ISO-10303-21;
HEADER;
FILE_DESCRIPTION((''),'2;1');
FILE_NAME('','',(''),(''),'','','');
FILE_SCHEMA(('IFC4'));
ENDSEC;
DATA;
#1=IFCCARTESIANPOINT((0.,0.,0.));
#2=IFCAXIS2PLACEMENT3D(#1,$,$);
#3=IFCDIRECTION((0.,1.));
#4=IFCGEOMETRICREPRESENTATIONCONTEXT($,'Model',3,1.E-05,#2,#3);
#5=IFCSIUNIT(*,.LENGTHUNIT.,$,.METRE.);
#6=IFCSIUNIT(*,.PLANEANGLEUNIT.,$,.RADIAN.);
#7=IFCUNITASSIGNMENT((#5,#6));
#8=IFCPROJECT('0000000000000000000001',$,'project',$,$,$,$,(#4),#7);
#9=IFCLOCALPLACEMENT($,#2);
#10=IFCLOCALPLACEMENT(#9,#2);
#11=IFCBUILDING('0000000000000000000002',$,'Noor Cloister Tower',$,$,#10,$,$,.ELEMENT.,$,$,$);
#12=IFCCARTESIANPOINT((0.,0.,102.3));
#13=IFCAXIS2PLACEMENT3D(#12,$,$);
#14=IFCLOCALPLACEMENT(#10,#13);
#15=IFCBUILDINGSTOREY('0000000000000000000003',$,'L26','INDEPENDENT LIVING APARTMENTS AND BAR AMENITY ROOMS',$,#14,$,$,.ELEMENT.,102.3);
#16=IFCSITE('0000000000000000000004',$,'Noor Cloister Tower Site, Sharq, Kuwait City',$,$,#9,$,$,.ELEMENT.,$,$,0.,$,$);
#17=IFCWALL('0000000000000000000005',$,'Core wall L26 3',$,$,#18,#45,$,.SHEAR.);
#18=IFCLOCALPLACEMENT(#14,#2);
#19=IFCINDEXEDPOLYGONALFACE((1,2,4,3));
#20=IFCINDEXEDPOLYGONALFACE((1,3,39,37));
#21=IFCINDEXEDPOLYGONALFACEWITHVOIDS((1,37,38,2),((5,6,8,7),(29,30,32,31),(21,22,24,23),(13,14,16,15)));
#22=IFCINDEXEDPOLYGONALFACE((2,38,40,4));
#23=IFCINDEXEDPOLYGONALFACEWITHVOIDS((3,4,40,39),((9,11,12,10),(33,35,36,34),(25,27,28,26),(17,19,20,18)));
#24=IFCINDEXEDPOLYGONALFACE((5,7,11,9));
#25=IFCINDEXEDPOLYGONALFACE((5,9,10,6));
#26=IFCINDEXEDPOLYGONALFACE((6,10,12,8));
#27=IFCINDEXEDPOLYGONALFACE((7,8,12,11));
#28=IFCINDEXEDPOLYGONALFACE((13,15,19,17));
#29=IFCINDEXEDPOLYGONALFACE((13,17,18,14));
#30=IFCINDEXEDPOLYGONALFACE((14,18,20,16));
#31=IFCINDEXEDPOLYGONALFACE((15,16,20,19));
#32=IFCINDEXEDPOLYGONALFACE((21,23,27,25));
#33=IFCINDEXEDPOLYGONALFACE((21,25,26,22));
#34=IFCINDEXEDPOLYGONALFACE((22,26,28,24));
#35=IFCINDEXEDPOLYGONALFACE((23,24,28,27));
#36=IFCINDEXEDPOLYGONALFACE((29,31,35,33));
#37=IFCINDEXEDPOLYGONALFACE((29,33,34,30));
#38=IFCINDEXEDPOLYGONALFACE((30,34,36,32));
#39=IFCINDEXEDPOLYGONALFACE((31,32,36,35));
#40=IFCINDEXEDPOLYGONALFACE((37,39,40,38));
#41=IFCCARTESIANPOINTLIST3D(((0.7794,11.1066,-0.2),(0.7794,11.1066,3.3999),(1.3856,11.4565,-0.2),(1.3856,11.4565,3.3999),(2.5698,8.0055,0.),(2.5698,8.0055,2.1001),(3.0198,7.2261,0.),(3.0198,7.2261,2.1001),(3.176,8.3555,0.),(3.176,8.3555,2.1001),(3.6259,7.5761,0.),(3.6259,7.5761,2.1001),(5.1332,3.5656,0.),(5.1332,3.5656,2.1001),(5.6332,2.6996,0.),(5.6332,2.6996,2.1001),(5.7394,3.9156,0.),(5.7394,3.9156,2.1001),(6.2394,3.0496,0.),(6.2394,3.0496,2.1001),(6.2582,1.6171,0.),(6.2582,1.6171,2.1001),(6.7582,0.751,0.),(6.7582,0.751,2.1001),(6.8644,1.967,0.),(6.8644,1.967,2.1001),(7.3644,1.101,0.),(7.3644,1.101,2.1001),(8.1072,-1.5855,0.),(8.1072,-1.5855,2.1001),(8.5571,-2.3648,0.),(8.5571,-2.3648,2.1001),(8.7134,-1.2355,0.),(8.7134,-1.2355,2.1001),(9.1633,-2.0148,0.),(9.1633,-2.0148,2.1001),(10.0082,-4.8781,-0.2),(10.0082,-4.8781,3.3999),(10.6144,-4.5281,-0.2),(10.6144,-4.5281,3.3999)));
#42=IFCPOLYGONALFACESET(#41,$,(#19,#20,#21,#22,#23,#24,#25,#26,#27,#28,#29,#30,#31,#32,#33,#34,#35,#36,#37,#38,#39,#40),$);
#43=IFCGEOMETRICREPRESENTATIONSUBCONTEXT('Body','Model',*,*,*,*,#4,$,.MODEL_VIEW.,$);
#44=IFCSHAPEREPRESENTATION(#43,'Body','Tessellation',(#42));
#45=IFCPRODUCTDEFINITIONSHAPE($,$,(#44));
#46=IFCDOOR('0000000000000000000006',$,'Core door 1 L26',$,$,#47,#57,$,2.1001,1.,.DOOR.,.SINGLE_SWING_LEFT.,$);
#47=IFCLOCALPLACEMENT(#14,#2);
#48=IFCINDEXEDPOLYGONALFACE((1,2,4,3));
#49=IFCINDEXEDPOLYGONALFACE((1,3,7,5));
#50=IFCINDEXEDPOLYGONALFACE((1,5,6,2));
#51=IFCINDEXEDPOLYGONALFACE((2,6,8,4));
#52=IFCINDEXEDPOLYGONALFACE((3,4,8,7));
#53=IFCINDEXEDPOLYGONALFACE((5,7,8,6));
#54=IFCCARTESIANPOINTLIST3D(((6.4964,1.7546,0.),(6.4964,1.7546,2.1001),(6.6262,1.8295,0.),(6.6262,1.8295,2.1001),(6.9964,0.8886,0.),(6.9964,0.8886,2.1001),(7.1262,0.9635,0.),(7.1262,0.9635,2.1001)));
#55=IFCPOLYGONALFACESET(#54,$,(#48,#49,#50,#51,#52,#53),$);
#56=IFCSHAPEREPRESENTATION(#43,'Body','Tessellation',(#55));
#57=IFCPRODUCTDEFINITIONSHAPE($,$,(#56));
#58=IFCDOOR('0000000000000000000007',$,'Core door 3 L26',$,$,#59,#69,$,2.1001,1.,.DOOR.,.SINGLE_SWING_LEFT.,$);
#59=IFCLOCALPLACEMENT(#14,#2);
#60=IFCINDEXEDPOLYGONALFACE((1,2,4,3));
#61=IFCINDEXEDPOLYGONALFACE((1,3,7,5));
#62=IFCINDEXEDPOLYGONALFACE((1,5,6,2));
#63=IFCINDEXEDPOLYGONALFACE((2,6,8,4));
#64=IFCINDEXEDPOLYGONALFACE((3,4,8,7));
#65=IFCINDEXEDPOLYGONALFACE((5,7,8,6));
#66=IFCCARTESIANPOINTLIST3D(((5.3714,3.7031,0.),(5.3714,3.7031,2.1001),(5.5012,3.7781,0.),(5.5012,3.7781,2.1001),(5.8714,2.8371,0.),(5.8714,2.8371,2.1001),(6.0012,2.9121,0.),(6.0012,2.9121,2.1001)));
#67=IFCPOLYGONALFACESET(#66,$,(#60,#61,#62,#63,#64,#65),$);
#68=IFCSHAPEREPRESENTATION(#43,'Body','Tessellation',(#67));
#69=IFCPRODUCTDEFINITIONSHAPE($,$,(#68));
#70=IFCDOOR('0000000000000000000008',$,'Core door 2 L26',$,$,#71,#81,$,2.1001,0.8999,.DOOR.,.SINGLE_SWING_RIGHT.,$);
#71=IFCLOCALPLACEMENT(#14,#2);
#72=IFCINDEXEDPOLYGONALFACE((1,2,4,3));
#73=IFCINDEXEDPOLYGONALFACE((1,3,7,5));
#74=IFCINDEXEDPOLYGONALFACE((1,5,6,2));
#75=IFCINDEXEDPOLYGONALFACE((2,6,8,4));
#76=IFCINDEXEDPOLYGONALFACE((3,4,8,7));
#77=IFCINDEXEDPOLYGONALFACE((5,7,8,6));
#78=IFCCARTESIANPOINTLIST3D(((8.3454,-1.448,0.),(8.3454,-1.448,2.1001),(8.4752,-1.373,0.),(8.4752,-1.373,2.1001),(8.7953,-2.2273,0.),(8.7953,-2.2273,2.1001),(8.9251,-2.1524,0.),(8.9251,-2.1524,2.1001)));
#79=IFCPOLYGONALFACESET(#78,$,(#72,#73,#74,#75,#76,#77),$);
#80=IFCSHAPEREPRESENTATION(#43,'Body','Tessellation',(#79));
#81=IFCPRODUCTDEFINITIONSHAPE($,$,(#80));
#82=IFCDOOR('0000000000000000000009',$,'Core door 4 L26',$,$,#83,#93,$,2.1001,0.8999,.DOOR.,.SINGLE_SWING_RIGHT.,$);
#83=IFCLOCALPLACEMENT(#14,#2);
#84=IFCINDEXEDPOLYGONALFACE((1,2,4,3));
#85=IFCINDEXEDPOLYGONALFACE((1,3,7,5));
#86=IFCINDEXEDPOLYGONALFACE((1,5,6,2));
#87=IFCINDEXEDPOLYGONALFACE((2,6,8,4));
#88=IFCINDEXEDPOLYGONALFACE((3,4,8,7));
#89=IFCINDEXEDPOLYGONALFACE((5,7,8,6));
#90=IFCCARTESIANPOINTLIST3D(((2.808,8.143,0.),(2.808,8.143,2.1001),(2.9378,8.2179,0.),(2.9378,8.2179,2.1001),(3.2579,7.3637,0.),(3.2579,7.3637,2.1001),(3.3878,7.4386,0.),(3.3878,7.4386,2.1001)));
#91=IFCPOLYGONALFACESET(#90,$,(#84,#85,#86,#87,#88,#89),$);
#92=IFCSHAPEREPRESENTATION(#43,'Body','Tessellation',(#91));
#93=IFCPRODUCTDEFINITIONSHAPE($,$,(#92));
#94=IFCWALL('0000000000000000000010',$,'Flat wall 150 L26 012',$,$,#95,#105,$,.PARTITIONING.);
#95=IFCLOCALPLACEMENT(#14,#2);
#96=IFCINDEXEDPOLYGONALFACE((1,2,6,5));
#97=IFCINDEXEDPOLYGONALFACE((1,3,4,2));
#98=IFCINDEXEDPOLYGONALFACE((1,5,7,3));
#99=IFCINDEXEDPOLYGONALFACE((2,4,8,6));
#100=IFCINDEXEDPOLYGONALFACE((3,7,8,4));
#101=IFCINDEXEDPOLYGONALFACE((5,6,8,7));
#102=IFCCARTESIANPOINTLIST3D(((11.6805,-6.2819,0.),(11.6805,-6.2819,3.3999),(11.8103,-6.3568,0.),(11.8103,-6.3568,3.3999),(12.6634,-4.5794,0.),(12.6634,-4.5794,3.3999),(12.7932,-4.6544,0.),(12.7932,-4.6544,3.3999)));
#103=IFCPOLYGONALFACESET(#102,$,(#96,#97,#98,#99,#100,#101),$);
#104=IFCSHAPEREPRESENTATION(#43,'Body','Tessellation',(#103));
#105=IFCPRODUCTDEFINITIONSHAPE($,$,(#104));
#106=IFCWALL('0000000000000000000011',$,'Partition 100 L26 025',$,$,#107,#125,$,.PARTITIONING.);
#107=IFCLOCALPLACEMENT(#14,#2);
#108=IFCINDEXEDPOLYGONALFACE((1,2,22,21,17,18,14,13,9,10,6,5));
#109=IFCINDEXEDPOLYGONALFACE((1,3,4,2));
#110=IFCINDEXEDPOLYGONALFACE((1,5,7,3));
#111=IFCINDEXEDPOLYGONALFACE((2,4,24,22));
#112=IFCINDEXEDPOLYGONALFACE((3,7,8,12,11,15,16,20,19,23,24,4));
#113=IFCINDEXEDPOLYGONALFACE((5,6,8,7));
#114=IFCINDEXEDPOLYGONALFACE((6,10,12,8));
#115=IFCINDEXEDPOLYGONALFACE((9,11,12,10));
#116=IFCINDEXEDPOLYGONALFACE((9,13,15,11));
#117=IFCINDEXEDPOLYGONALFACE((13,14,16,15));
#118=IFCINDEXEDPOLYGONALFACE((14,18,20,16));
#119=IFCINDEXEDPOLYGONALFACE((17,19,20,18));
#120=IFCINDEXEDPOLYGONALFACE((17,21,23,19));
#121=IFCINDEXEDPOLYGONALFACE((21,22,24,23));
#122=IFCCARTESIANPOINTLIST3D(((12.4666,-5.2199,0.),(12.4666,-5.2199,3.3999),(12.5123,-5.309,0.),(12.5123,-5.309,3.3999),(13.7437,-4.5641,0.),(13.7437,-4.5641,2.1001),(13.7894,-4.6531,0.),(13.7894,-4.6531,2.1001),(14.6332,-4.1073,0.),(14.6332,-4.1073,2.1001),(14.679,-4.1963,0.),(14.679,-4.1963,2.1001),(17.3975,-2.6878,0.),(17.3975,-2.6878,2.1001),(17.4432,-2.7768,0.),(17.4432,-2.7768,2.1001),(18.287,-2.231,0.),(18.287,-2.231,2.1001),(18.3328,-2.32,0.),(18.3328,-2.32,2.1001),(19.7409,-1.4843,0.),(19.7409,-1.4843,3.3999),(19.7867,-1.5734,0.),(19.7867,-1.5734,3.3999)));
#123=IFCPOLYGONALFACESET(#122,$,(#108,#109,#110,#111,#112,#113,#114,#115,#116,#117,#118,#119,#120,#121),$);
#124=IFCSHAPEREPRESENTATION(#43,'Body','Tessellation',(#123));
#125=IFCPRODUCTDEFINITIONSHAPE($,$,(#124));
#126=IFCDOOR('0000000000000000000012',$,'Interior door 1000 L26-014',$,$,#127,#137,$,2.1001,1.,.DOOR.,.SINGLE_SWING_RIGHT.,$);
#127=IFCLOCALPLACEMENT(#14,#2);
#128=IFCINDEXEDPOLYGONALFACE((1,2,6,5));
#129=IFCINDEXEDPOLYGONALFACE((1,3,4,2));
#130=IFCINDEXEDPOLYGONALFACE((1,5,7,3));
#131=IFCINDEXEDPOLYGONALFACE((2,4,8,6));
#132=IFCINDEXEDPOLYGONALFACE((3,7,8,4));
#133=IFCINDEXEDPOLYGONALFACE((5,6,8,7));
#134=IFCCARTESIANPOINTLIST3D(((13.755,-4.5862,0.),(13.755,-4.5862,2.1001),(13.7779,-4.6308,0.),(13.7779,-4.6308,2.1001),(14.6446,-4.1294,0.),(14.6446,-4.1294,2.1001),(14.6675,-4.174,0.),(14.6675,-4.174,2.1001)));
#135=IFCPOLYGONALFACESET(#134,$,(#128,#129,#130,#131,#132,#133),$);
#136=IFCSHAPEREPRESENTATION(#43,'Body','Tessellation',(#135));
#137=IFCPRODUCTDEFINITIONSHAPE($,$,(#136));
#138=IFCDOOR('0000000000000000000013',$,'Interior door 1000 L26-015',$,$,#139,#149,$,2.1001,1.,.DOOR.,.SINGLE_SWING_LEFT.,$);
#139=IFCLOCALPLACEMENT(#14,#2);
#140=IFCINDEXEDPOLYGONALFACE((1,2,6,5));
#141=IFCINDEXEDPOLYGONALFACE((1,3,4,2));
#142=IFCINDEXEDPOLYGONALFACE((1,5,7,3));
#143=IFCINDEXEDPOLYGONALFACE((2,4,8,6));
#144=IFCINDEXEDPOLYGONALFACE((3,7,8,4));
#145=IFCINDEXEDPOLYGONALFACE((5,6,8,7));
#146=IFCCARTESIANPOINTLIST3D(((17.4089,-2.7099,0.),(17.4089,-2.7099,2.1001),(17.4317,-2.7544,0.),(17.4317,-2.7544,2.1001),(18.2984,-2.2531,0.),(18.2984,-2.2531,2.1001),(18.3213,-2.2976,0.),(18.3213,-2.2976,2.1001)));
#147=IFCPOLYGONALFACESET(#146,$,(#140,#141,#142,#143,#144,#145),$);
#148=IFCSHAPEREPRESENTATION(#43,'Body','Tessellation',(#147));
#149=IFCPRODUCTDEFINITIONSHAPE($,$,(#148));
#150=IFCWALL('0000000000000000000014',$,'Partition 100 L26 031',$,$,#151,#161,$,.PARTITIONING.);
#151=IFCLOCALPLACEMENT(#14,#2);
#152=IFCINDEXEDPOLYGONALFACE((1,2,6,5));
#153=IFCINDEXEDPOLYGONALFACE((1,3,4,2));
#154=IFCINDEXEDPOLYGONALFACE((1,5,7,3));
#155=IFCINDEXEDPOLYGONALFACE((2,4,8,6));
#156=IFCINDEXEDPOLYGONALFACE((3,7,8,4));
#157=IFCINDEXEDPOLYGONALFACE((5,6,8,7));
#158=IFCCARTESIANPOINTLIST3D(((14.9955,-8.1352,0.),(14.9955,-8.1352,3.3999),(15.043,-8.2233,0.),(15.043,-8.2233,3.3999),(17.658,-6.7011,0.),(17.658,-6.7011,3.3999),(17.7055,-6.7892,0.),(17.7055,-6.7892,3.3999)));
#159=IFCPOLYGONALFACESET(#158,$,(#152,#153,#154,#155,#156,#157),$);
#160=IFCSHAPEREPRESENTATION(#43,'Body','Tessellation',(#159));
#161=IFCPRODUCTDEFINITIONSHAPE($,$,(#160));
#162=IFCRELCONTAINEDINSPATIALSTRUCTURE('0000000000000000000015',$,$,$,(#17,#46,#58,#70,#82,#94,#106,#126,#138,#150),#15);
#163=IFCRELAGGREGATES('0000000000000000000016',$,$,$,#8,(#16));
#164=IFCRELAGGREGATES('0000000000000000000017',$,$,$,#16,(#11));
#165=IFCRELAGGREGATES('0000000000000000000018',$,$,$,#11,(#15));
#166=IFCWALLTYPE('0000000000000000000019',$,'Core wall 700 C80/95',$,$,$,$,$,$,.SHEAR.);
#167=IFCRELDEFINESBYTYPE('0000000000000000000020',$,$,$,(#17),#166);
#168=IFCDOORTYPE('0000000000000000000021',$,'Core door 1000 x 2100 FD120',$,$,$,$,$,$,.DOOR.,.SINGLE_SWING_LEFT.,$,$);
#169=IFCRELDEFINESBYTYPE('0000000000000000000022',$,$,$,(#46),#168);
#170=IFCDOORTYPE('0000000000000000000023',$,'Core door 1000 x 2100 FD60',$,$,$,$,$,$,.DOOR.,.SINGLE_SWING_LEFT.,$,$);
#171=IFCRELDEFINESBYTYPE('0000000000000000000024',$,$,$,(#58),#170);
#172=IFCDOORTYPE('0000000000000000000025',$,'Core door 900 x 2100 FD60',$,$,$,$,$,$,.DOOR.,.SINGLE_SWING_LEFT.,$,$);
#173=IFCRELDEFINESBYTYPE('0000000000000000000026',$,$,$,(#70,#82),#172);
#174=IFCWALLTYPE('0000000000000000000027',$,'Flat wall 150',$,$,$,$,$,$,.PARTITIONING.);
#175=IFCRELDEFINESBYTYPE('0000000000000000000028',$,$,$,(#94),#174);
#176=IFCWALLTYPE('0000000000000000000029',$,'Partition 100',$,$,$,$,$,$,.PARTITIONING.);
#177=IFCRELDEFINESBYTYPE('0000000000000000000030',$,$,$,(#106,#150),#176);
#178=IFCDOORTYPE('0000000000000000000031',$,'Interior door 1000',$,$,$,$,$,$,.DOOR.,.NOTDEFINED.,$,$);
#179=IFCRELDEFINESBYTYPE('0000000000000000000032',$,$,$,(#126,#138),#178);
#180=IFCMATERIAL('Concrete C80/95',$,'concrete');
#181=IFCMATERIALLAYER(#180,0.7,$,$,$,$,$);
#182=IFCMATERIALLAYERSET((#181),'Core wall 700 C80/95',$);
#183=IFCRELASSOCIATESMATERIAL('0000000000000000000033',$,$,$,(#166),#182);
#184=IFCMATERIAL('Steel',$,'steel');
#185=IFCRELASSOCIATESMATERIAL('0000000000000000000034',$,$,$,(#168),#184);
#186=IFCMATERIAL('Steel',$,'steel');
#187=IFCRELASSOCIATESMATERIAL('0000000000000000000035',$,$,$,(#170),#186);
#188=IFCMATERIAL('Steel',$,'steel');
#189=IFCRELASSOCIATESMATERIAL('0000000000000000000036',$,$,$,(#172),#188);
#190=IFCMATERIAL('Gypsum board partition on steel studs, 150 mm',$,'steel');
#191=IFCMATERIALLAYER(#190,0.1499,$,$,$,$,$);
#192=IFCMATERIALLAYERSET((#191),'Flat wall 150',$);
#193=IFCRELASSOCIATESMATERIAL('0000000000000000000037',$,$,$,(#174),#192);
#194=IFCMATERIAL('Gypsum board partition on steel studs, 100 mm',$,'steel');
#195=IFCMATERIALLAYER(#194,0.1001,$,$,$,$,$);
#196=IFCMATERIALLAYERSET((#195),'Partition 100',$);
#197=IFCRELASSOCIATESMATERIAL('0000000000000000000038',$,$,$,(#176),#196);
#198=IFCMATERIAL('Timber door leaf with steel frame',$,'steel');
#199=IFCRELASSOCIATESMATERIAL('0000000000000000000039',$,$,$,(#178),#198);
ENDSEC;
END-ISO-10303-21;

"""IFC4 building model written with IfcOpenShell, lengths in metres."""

from ifc_helpers import new_model, si_unit, direction, frame, frame_2d, origin, place, context, subcontext, project, spatial, rectangle, extrude, material, layer, layer_set, type_object, element, fill, save


model = new_model("IFC4")

# Units and contexts
model_context = context("Model", 3, precision=1e-05, world=origin(), true_north=direction((0.0, 1.0)))
body_context = subcontext(model_context, "Body", "Model", "MODEL_VIEW")
ifc_project = project(units=[si_unit("LENGTHUNIT", "METRE"), si_unit("PLANEANGLEUNIT", "RADIAN")], contexts=[model_context])

# Site, building, storey
site_placement = place(None, origin())
site = spatial("IfcSite", under=ifc_project, at=site_placement, Name="Noor Cloister Tower Site, Sharq, Kuwait City", CompositionType="ELEMENT", RefElevation=0.0)
building_placement = place(site_placement, origin())
building = spatial("IfcBuilding", under=site, at=building_placement, Name="Noor Cloister Tower", CompositionType="ELEMENT")
storey_placement = place(building_placement, frame((0.0, 0.0, 102.3)))
storey = spatial("IfcBuildingStorey", under=building, at=storey_placement, Name="L26", Description="INDEPENDENT LIVING APARTMENTS AND BAR AMENITY ROOMS", CompositionType="ELEMENT", Elevation=102.3)

# Shared definitions
ifc_material_1 = material(Name="Concrete C80/95", Category="concrete")
ifc_layer_1 = layer(ifc_material_1, 0.7)
ifc_layer_set_1 = layer_set([ifc_layer_1], Name="Core wall 700 C80/95")
wall_type_1 = type_object("IfcWallType", Name="Core wall 700 C80/95", PredefinedType="SHEAR", material=ifc_layer_set_1)

# Wall, openings, doors
wall_1_placement = place(storey_placement, frame((10.3113, -4.7031, -0.2), z_axis=(0.0, 0.0, 1.0), x_axis=(-0.500001, 0.866025, 0.0)))
wall_1 = element("IfcWall", 1, at=wall_1_placement, inside=storey, type_object=wall_type_1, Name="Core wall L26 3", PredefinedType="SHEAR", context=body_context, shape_type="SweptSolid", body=[
    extrude(rectangle(XDim=18.4575, YDim=0.7, at=frame_2d((9.2288, 0.0))), origin(), (0.0, 0.0, 1.0), 3.5999),
])
opening_1_placement = place(wall_1_placement, frame((6.5, 0.0, 0.2)))
opening_1 = element("IfcOpeningElement", 2, at=opening_1_placement, cuts=wall_1, PredefinedType="OPENING", context=body_context, shape_type="SweptSolid", body=[
    extrude(rectangle(XDim=1.0, YDim=2.1001, at=frame_2d((0.5, 1.05))), frame((0.0, 0.3599, 0.0), z_axis=(0.0, -1.0, 0.0), x_axis=(1.0, 0.0, 0.0)), (0.0, 0.0, 1.0), 0.72),
])
opening_2_placement = place(wall_1_placement, frame((2.9021, 0.0, 0.2)))
opening_2 = element("IfcOpeningElement", 3, at=opening_2_placement, cuts=wall_1, PredefinedType="OPENING", context=body_context, shape_type="SweptSolid", body=[
    extrude(rectangle(XDim=0.8999, YDim=2.1001, at=frame_2d((0.45, 1.05))), frame((0.0, 0.3599, 0.0), z_axis=(0.0, -1.0, 0.0), x_axis=(1.0, 0.0, 0.0)), (0.0, 0.0, 1.0), 0.72),
])
opening_3_placement = place(wall_1_placement, frame((8.75, 0.0, 0.2)))
opening_3 = element("IfcOpeningElement", 4, at=opening_3_placement, cuts=wall_1, PredefinedType="OPENING", context=body_context, shape_type="SweptSolid", body=[
    extrude(rectangle(XDim=1.0, YDim=2.1001, at=frame_2d((0.5, 1.05))), frame((0.0, 0.3599, 0.0), z_axis=(0.0, -1.0, 0.0), x_axis=(1.0, 0.0, 0.0)), (0.0, 0.0, 1.0), 0.72),
])
opening_4_placement = place(wall_1_placement, frame((13.9768, 0.0, 0.2)))
opening_4 = element("IfcOpeningElement", 5, at=opening_4_placement, cuts=wall_1, PredefinedType="OPENING", context=body_context, shape_type="SweptSolid", body=[
    extrude(rectangle(XDim=0.8999, YDim=2.1001, at=frame_2d((0.45, 1.05))), frame((0.0, 0.3599, 0.0), z_axis=(0.0, -1.0, 0.0), x_axis=(1.0, 0.0, 0.0)), (0.0, 0.0, 1.0), 0.72),
])
ifc_material_2 = material(Name="Steel", Category="steel")
door_type_1 = type_object("IfcDoorType", Name="Core door 1000 x 2100 FD120", OperationType="SINGLE_SWING_LEFT", PredefinedType="DOOR", material=ifc_material_2)
door_1_placement = place(opening_1_placement, origin())
door_1 = element("IfcDoor", 6, at=door_1_placement, inside=storey, type_object=door_type_1, Name="Core door 1 L26", OperationType="SINGLE_SWING_LEFT", OverallHeight=2.1001, OverallWidth=1.0, PredefinedType="DOOR", context=body_context, shape_type="SweptSolid", body=[
    extrude(rectangle(XDim=1.0, YDim=2.1001, at=frame_2d((0.5, 1.05))), frame((0.0, 0.075, 0.0), z_axis=(0.0, -1.0, 0.0), x_axis=(1.0, 0.0, 0.0)), (0.0, 0.0, 1.0), 0.1499),
])
fill(opening_1, door_1)
ifc_material_3 = material(Name="Steel", Category="steel")
door_type_2 = type_object("IfcDoorType", Name="Core door 1000 x 2100 FD60", OperationType="SINGLE_SWING_LEFT", PredefinedType="DOOR", material=ifc_material_3)
door_2_placement = place(opening_3_placement, origin())
door_2 = element("IfcDoor", 7, at=door_2_placement, inside=storey, type_object=door_type_2, Name="Core door 3 L26", OperationType="SINGLE_SWING_LEFT", OverallHeight=2.1001, OverallWidth=1.0, PredefinedType="DOOR", context=body_context, shape_type="SweptSolid", body=[
    extrude(rectangle(XDim=1.0, YDim=2.1001, at=frame_2d((0.5, 1.05))), frame((0.0, 0.075, 0.0), z_axis=(0.0, -1.0, 0.0), x_axis=(1.0, 0.0, 0.0)), (0.0, 0.0, 1.0), 0.1499),
])
fill(opening_3, door_2)
ifc_material_4 = material(Name="Steel", Category="steel")
door_type_3 = type_object("IfcDoorType", Name="Core door 900 x 2100 FD60", OperationType="SINGLE_SWING_LEFT", PredefinedType="DOOR", material=ifc_material_4)
door_3_placement = place(opening_2_placement, origin())
door_3 = element("IfcDoor", 8, at=door_3_placement, inside=storey, type_object=door_type_3, Name="Core door 2 L26", OperationType="SINGLE_SWING_RIGHT", OverallHeight=2.1001, OverallWidth=0.8999, PredefinedType="DOOR", context=body_context, shape_type="SweptSolid", body=[
    extrude(rectangle(XDim=0.8999, YDim=2.1001, at=frame_2d((0.45, 1.05))), frame((0.0, 0.075, 0.0), z_axis=(0.0, -1.0, 0.0), x_axis=(1.0, 0.0, 0.0)), (0.0, 0.0, 1.0), 0.1499),
])
fill(opening_2, door_3)
door_4_placement = place(opening_4_placement, origin())
door_4 = element("IfcDoor", 9, at=door_4_placement, inside=storey, type_object=door_type_3, Name="Core door 4 L26", OperationType="SINGLE_SWING_RIGHT", OverallHeight=2.1001, OverallWidth=0.8999, PredefinedType="DOOR", context=body_context, shape_type="SweptSolid", body=[
    extrude(rectangle(XDim=0.8999, YDim=2.1001, at=frame_2d((0.45, 1.05))), frame((0.0, 0.075, 0.0), z_axis=(0.0, -1.0, 0.0), x_axis=(1.0, 0.0, 0.0)), (0.0, 0.0, 1.0), 0.1499),
])
fill(opening_4, door_4)

# Wall
ifc_material_5 = material(Name="Gypsum board partition on steel studs, 150 mm", Category="steel")
ifc_layer_2 = layer(ifc_material_5, 0.1499)
ifc_layer_set_2 = layer_set([ifc_layer_2], Name="Flat wall 150")
wall_type_2 = type_object("IfcWallType", Name="Flat wall 150", PredefinedType="PARTITIONING", material=ifc_layer_set_2)
wall_2_placement = place(storey_placement, frame((11.7454, -6.3193, 0.0), z_axis=(0.0, 0.0, 1.0), x_axis=(0.500013, 0.866018, 0.0)))
element("IfcWall", 10, at=wall_2_placement, inside=storey, type_object=wall_type_2, Name="Flat wall 150 L26 012", PredefinedType="PARTITIONING", context=body_context, shape_type="SweptSolid", body=[
    extrude(rectangle(XDim=1.9658, YDim=0.1499, at=frame_2d((0.9829, 0.0))), origin(), (0.0, 0.0, 1.0), 3.3999),
])

# Wall, openings, doors
ifc_material_6 = material(Name="Gypsum board partition on steel studs, 100 mm", Category="steel")
ifc_layer_3 = layer(ifc_material_6, 0.1001)
ifc_layer_set_3 = layer_set([ifc_layer_3], Name="Partition 100")
wall_type_3 = type_object("IfcWallType", Name="Partition 100", PredefinedType="PARTITIONING", material=ifc_layer_set_3)
wall_3_placement = place(storey_placement, frame((19.7639, -1.5288, 0.0), z_axis=(0.0, 0.0, 1.0), x_axis=(-0.889563, -0.456813, 0.0)))
wall_3 = element("IfcWall", 11, at=wall_3_placement, inside=storey, type_object=wall_type_3, Name="Partition 100 L26 025", PredefinedType="PARTITIONING", context=body_context, shape_type="SweptSolid", body=[
    extrude(rectangle(XDim=8.1775, YDim=0.1001, at=frame_2d((4.0889, 0.0))), origin(), (0.0, 0.0, 1.0), 3.3999),
])
opening_5_placement = place(wall_3_placement, frame((5.7419, 0.0, 0.0)))
opening_5 = element("IfcOpeningElement", 12, at=opening_5_placement, cuts=wall_3, PredefinedType="OPENING", context=body_context, shape_type="SweptSolid", body=[
    extrude(rectangle(XDim=1.0, YDim=2.1001, at=frame_2d((0.5, 1.05))), frame((0.0, 0.0601, 0.0), z_axis=(0.0, -1.0, 0.0), x_axis=(1.0, 0.0, 0.0)), (0.0, 0.0, 1.0), 0.1201),
])
opening_6_placement = place(wall_3_placement, frame((1.6345, 0.0, 0.0)))
opening_6 = element("IfcOpeningElement", 13, at=opening_6_placement, cuts=wall_3, PredefinedType="OPENING", context=body_context, shape_type="SweptSolid", body=[
    extrude(rectangle(XDim=1.0, YDim=2.1001, at=frame_2d((0.5, 1.05))), frame((0.0, 0.0601, 0.0), z_axis=(0.0, -1.0, 0.0), x_axis=(1.0, 0.0, 0.0)), (0.0, 0.0, 1.0), 0.1201),
])
ifc_material_7 = material(Name="Timber door leaf with steel frame", Category="steel")
door_type_4 = type_object("IfcDoorType", Name="Interior door 1000", OperationType="NOTDEFINED", PredefinedType="DOOR", material=ifc_material_7)
door_5_placement = place(opening_5_placement, origin())
door_5 = element("IfcDoor", 14, at=door_5_placement, inside=storey, type_object=door_type_4, Name="Interior door 1000 L26-014", OperationType="SINGLE_SWING_RIGHT", OverallHeight=2.1001, OverallWidth=1.0, PredefinedType="DOOR", context=body_context, shape_type="SweptSolid", body=[
    extrude(rectangle(XDim=1.0, YDim=2.1001, at=frame_2d((0.5, 1.05))), frame((0.0, 0.0249, 0.0), z_axis=(0.0, -1.0, 0.0), x_axis=(1.0, 0.0, 0.0)), (0.0, 0.0, 1.0), 0.05),
])
fill(opening_5, door_5)
door_6_placement = place(opening_6_placement, origin())
door_6 = element("IfcDoor", 15, at=door_6_placement, inside=storey, type_object=door_type_4, Name="Interior door 1000 L26-015", OperationType="SINGLE_SWING_LEFT", OverallHeight=2.1001, OverallWidth=1.0, PredefinedType="DOOR", context=body_context, shape_type="SweptSolid", body=[
    extrude(rectangle(XDim=1.0, YDim=2.1001, at=frame_2d((0.5, 1.05))), frame((0.0, 0.0249, 0.0), z_axis=(0.0, -1.0, 0.0), x_axis=(1.0, 0.0, 0.0)), (0.0, 0.0, 1.0), 0.05),
])
fill(opening_6, door_6)

# Wall
wall_4_placement = place(storey_placement, frame((17.6819, -6.7451, 0.0), z_axis=(0.0, 0.0, 1.0), x_axis=(-0.880419, -0.474196, 0.0)))
element("IfcWall", 16, at=wall_4_placement, inside=storey, type_object=wall_type_3, Name="Partition 100 L26 031", PredefinedType="PARTITIONING", context=body_context, shape_type="SweptSolid", body=[
    extrude(rectangle(XDim=3.0242, YDim=0.1001, at=frame_2d((1.5122, 0.0))), origin(), (0.0, 0.0, 1.0), 3.3999),
])

save(model, "model.ifc")
